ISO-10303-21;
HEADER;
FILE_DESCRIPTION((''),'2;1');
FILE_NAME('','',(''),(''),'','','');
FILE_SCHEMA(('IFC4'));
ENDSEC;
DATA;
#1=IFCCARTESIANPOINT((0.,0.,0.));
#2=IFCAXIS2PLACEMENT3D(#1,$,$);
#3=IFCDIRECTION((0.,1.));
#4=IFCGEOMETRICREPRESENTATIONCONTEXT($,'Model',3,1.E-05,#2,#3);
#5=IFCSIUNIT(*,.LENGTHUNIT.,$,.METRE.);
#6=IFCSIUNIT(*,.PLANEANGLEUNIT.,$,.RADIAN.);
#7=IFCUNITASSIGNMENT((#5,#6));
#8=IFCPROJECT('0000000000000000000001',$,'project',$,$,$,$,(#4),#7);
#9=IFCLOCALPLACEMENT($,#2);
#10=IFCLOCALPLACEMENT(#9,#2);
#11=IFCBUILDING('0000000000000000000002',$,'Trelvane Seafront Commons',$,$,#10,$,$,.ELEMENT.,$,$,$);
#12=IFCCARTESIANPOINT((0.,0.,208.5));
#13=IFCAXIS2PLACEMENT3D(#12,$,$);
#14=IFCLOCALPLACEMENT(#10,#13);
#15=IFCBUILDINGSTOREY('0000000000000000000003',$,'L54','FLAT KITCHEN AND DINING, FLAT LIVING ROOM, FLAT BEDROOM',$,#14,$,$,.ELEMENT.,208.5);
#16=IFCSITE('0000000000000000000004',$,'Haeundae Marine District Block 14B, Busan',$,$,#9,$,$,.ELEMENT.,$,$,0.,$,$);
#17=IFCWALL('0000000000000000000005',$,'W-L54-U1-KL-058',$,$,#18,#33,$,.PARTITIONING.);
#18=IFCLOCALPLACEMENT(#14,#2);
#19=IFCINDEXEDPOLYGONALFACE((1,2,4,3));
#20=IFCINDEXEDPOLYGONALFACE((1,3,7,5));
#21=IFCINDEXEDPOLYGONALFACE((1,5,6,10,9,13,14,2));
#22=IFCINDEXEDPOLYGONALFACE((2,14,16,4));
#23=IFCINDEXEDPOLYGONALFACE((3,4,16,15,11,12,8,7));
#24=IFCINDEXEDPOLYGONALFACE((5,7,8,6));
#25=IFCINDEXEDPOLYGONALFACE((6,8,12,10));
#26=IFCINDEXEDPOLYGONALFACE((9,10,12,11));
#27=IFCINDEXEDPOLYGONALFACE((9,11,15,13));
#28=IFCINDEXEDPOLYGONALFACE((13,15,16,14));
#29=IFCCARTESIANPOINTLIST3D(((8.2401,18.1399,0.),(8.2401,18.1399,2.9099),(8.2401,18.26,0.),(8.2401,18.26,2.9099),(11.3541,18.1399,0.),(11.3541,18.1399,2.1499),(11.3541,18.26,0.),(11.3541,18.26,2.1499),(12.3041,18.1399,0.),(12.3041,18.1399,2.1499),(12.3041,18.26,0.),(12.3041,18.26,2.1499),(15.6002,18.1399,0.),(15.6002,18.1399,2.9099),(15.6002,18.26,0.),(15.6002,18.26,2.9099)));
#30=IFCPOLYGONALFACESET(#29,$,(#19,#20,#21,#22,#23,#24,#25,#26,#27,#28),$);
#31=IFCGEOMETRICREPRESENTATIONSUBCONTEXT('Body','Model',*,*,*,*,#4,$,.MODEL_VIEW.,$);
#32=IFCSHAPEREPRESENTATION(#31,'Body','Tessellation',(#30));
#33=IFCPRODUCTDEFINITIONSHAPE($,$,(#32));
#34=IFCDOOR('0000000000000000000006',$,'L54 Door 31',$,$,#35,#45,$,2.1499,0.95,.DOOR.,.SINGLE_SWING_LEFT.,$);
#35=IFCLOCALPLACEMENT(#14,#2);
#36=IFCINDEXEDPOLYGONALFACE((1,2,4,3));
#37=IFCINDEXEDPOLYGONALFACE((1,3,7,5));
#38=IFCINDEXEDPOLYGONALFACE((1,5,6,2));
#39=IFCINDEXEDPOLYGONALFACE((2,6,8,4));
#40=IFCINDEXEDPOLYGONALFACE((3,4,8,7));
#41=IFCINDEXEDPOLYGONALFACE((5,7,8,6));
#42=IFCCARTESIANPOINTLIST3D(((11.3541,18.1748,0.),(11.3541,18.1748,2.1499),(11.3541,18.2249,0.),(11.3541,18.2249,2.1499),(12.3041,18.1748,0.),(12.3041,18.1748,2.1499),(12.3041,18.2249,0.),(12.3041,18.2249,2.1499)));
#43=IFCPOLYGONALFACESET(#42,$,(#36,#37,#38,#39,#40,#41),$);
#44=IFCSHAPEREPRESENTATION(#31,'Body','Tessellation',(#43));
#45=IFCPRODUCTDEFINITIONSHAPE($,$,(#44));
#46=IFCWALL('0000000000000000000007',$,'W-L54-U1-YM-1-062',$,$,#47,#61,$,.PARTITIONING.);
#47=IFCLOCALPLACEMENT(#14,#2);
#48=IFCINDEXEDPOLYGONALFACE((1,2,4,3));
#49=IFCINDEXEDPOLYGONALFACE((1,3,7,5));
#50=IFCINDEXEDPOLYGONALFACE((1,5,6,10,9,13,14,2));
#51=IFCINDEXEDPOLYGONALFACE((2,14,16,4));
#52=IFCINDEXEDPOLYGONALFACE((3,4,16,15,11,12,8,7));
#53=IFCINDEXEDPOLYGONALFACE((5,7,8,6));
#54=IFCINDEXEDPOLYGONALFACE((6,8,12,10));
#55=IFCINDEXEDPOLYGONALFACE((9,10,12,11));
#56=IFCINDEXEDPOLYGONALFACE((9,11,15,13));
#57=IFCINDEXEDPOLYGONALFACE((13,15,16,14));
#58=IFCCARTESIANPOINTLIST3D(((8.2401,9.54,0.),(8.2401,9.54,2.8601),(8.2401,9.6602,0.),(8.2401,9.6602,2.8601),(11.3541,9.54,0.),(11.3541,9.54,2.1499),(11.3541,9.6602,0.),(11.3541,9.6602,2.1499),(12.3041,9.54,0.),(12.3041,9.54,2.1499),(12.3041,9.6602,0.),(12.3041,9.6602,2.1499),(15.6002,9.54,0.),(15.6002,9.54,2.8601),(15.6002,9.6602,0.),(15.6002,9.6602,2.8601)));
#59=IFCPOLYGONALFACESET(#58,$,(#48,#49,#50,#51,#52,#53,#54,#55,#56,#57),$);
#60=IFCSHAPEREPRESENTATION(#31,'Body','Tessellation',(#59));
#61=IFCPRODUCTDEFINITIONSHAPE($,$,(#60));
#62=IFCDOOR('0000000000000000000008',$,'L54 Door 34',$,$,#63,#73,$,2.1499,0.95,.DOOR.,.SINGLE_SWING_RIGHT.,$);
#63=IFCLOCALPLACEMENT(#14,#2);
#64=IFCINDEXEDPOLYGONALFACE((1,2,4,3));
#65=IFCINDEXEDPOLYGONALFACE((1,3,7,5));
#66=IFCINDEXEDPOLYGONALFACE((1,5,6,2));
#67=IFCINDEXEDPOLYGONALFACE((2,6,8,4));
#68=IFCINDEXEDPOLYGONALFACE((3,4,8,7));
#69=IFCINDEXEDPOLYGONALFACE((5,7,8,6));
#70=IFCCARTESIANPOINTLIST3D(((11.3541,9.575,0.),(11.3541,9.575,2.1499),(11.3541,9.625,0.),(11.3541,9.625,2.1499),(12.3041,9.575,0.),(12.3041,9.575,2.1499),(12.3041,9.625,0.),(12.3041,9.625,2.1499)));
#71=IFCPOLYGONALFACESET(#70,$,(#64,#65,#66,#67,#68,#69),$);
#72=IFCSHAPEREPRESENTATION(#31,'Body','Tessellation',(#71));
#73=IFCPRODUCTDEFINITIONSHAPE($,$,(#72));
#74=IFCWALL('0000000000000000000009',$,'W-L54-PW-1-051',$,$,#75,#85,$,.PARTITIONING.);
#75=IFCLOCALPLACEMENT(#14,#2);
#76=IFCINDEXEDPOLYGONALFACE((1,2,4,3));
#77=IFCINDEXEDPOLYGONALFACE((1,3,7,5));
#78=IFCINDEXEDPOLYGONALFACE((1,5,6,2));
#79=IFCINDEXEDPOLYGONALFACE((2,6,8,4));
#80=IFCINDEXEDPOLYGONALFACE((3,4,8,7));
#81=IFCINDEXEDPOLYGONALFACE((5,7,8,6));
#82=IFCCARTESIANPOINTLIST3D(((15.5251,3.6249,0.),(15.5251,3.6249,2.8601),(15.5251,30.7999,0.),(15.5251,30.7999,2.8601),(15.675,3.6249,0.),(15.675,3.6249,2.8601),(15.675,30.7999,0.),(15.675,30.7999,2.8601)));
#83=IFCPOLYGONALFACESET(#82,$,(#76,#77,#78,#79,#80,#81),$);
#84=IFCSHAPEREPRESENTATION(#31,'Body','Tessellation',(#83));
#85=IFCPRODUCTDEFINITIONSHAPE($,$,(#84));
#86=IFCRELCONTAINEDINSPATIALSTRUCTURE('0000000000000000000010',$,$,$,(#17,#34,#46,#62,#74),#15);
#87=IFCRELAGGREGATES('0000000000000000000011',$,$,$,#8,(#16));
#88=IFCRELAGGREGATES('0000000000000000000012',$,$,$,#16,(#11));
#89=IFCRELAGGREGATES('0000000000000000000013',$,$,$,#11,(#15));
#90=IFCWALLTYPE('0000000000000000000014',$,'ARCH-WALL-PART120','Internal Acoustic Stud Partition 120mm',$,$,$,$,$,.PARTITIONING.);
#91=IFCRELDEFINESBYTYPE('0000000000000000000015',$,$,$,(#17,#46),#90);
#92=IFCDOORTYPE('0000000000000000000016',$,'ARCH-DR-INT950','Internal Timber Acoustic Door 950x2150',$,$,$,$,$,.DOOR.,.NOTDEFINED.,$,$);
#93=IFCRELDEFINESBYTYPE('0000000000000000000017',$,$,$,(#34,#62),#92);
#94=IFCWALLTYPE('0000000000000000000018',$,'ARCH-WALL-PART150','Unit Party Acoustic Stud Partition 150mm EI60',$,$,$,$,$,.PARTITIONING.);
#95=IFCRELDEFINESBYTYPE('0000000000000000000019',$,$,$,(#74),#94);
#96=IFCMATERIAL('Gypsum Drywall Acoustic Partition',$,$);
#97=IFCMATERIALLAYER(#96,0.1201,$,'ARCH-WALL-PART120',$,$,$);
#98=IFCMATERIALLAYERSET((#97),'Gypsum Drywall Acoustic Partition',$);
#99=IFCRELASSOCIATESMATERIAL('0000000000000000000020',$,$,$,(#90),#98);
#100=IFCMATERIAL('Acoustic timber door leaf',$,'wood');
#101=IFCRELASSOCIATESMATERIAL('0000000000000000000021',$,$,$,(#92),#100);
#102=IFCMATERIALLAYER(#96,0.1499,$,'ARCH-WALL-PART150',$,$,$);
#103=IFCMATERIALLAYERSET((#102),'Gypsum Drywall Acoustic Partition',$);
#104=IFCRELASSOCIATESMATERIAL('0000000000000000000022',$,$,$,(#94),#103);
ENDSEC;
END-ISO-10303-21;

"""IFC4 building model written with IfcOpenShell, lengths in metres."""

from ifc_helpers import new_model, si_unit, direction, frame, frame_2d, origin, place, context, subcontext, project, spatial, rectangle, extrude, source, transform, mapped, material, layer, layer_set, type_object, element, fill, save


model = new_model("IFC4")

# Units and contexts
model_context = context("Model", 3, precision=1e-05, world=origin(), true_north=direction((0.0, 1.0)))
body_context = subcontext(model_context, "Body", "Model", "MODEL_VIEW")
ifc_project = project(units=[si_unit("LENGTHUNIT", "METRE"), si_unit("PLANEANGLEUNIT", "RADIAN")], contexts=[model_context])

# Site, building, storey
site_placement = place(None, origin())
site = spatial("IfcSite", under=ifc_project, at=site_placement, Name="Haeundae Marine District Block 14B, Busan", CompositionType="ELEMENT", RefElevation=0.0)
building_placement = place(site_placement, origin())
building = spatial("IfcBuilding", under=site, at=building_placement, Name="Trelvane Seafront Commons", CompositionType="ELEMENT")
storey_placement = place(building_placement, frame((0.0, 0.0, 208.5)))
storey = spatial("IfcBuildingStorey", under=building, at=storey_placement, Name="L54", Description="FLAT KITCHEN AND DINING, FLAT LIVING ROOM, FLAT BEDROOM", CompositionType="ELEMENT", Elevation=208.5)

# Walls, openings, doors
ifc_material_1 = material(Name="Gypsum Drywall Acoustic Partition")
ifc_layer_1 = layer(ifc_material_1, 0.1201, Name="ARCH-WALL-PART120")
ifc_layer_set_1 = layer_set([ifc_layer_1], Name="Gypsum Drywall Acoustic Partition")
wall_type_1 = type_object("IfcWallType", Name="ARCH-WALL-PART120", Description="Internal Acoustic Stud Partition 120mm", PredefinedType="PARTITIONING", material=ifc_layer_set_1)
wall_1_placement = place(storey_placement, frame((8.24, 18.2, 0.0), z_axis=(0.0, 0.0, 1.0), x_axis=(1.0, 0.0, 0.0)))
wall_1 = element("IfcWall", 1, at=wall_1_placement, inside=storey, type_object=wall_type_1, Name="W-L54-U1-KL-058", PredefinedType="PARTITIONING", context=body_context, shape_type="SweptSolid", body=[
    extrude(rectangle(XDim=7.3601, YDim=0.1201, at=frame_2d((3.6802, 0.0))), origin(), (0.0, 0.0, 1.0), 2.9099),
])
opening_1_placement = place(wall_1_placement, frame((3.114, 0.0, 0.0)))
opening_1 = element("IfcOpeningElement", 2, at=opening_1_placement, cuts=wall_1, PredefinedType="OPENING", context=body_context, shape_type="SweptSolid", body=[
    extrude(rectangle(XDim=0.95, YDim=2.1499, at=frame_2d((0.4751, 1.075))), frame((0.0, 0.0701, 0.0), z_axis=(0.0, -1.0, 0.0), x_axis=(1.0, 0.0, 0.0)), (0.0, 0.0, 1.0), 0.1401),
])
ifc_material_2 = material(Name="Acoustic timber door leaf", Category="wood")
door_type = type_object("IfcDoorType", Name="ARCH-DR-INT950", Description="Internal Timber Acoustic Door 950x2150", OperationType="NOTDEFINED", PredefinedType="DOOR", material=ifc_material_2)
shared_shape_1 = source(origin(), body_context, "Body", "SweptSolid", [
    extrude(rectangle(XDim=0.95, YDim=2.1499, at=frame_2d((0.4751, 1.075))), frame((0.0, 0.0249, 0.0), z_axis=(0.0, -1.0, 0.0), x_axis=(1.0, 0.0, 0.0)), (0.0, 0.0, 1.0), 0.05),
])
door_1_placement = place(opening_1_placement, origin())
door_1 = element("IfcDoor", 3, at=door_1_placement, inside=storey, type_object=door_type, Name="L54 Door 31", OperationType="SINGLE_SWING_LEFT", OverallHeight=2.1499, OverallWidth=0.95, PredefinedType="DOOR", context=body_context, shape_type="MappedRepresentation", body=[
    mapped(shared_shape_1, transform((0.0, 0.0, 0.0), x_axis=(1.0, 0.0, 0.0), y_axis=(0.0, 1.0, 0.0), z_axis=(0.0, 0.0, 1.0), scale=1.0)),
])
fill(opening_1, door_1)
wall_2_placement = place(storey_placement, frame((8.24, 9.6001, 0.0), z_axis=(0.0, 0.0, 1.0), x_axis=(1.0, 0.0, 0.0)))
wall_2 = element("IfcWall", 4, at=wall_2_placement, inside=storey, type_object=wall_type_1, Name="W-L54-U1-YM-1-062", PredefinedType="PARTITIONING", context=body_context, shape_type="SweptSolid", body=[
    extrude(rectangle(XDim=7.3601, YDim=0.1201, at=frame_2d((3.6802, 0.0))), origin(), (0.0, 0.0, 1.0), 2.8601),
])
opening_2_placement = place(wall_2_placement, frame((3.114, 0.0, 0.0)))
opening_2 = element("IfcOpeningElement", 5, at=opening_2_placement, cuts=wall_2, PredefinedType="OPENING", context=body_context, shape_type="SweptSolid", body=[
    extrude(rectangle(XDim=0.95, YDim=2.1499, at=frame_2d((0.4751, 1.075))), frame((0.0, 0.0701, 0.0), z_axis=(0.0, -1.0, 0.0), x_axis=(1.0, 0.0, 0.0)), (0.0, 0.0, 1.0), 0.1401),
])
door_2_placement = place(opening_2_placement, origin())
door_2 = element("IfcDoor", 6, at=door_2_placement, inside=storey, type_object=door_type, Name="L54 Door 34", OperationType="SINGLE_SWING_RIGHT", OverallHeight=2.1499, OverallWidth=0.95, PredefinedType="DOOR", context=body_context, shape_type="MappedRepresentation", body=[
    mapped(shared_shape_1, transform((0.0, 0.0, 0.0), x_axis=(1.0, 0.0, 0.0), y_axis=(0.0, 1.0, 0.0), z_axis=(0.0, 0.0, 1.0), scale=1.0)),
])
fill(opening_2, door_2)

# Wall
ifc_layer_2 = layer(ifc_material_1, 0.1499, Name="ARCH-WALL-PART150")
ifc_layer_set_2 = layer_set([ifc_layer_2], Name="Gypsum Drywall Acoustic Partition")
wall_type_2 = type_object("IfcWallType", Name="ARCH-WALL-PART150", Description="Unit Party Acoustic Stud Partition 150mm EI60", PredefinedType="PARTITIONING", material=ifc_layer_set_2)
wall_3_placement = place(storey_placement, frame((15.6001, 3.625, 0.0), z_axis=(0.0, 0.0, 1.0), x_axis=(0.0, 1.0, 0.0)))
element("IfcWall", 7, at=wall_3_placement, inside=storey, type_object=wall_type_2, Name="W-L54-PW-1-051", PredefinedType="PARTITIONING", context=body_context, shape_type="SweptSolid", body=[
    extrude(rectangle(XDim=27.175, YDim=0.1499, at=frame_2d((13.5874, 0.0))), origin(), (0.0, 0.0, 1.0), 2.8601),
])

save(model, "model.ifc")
